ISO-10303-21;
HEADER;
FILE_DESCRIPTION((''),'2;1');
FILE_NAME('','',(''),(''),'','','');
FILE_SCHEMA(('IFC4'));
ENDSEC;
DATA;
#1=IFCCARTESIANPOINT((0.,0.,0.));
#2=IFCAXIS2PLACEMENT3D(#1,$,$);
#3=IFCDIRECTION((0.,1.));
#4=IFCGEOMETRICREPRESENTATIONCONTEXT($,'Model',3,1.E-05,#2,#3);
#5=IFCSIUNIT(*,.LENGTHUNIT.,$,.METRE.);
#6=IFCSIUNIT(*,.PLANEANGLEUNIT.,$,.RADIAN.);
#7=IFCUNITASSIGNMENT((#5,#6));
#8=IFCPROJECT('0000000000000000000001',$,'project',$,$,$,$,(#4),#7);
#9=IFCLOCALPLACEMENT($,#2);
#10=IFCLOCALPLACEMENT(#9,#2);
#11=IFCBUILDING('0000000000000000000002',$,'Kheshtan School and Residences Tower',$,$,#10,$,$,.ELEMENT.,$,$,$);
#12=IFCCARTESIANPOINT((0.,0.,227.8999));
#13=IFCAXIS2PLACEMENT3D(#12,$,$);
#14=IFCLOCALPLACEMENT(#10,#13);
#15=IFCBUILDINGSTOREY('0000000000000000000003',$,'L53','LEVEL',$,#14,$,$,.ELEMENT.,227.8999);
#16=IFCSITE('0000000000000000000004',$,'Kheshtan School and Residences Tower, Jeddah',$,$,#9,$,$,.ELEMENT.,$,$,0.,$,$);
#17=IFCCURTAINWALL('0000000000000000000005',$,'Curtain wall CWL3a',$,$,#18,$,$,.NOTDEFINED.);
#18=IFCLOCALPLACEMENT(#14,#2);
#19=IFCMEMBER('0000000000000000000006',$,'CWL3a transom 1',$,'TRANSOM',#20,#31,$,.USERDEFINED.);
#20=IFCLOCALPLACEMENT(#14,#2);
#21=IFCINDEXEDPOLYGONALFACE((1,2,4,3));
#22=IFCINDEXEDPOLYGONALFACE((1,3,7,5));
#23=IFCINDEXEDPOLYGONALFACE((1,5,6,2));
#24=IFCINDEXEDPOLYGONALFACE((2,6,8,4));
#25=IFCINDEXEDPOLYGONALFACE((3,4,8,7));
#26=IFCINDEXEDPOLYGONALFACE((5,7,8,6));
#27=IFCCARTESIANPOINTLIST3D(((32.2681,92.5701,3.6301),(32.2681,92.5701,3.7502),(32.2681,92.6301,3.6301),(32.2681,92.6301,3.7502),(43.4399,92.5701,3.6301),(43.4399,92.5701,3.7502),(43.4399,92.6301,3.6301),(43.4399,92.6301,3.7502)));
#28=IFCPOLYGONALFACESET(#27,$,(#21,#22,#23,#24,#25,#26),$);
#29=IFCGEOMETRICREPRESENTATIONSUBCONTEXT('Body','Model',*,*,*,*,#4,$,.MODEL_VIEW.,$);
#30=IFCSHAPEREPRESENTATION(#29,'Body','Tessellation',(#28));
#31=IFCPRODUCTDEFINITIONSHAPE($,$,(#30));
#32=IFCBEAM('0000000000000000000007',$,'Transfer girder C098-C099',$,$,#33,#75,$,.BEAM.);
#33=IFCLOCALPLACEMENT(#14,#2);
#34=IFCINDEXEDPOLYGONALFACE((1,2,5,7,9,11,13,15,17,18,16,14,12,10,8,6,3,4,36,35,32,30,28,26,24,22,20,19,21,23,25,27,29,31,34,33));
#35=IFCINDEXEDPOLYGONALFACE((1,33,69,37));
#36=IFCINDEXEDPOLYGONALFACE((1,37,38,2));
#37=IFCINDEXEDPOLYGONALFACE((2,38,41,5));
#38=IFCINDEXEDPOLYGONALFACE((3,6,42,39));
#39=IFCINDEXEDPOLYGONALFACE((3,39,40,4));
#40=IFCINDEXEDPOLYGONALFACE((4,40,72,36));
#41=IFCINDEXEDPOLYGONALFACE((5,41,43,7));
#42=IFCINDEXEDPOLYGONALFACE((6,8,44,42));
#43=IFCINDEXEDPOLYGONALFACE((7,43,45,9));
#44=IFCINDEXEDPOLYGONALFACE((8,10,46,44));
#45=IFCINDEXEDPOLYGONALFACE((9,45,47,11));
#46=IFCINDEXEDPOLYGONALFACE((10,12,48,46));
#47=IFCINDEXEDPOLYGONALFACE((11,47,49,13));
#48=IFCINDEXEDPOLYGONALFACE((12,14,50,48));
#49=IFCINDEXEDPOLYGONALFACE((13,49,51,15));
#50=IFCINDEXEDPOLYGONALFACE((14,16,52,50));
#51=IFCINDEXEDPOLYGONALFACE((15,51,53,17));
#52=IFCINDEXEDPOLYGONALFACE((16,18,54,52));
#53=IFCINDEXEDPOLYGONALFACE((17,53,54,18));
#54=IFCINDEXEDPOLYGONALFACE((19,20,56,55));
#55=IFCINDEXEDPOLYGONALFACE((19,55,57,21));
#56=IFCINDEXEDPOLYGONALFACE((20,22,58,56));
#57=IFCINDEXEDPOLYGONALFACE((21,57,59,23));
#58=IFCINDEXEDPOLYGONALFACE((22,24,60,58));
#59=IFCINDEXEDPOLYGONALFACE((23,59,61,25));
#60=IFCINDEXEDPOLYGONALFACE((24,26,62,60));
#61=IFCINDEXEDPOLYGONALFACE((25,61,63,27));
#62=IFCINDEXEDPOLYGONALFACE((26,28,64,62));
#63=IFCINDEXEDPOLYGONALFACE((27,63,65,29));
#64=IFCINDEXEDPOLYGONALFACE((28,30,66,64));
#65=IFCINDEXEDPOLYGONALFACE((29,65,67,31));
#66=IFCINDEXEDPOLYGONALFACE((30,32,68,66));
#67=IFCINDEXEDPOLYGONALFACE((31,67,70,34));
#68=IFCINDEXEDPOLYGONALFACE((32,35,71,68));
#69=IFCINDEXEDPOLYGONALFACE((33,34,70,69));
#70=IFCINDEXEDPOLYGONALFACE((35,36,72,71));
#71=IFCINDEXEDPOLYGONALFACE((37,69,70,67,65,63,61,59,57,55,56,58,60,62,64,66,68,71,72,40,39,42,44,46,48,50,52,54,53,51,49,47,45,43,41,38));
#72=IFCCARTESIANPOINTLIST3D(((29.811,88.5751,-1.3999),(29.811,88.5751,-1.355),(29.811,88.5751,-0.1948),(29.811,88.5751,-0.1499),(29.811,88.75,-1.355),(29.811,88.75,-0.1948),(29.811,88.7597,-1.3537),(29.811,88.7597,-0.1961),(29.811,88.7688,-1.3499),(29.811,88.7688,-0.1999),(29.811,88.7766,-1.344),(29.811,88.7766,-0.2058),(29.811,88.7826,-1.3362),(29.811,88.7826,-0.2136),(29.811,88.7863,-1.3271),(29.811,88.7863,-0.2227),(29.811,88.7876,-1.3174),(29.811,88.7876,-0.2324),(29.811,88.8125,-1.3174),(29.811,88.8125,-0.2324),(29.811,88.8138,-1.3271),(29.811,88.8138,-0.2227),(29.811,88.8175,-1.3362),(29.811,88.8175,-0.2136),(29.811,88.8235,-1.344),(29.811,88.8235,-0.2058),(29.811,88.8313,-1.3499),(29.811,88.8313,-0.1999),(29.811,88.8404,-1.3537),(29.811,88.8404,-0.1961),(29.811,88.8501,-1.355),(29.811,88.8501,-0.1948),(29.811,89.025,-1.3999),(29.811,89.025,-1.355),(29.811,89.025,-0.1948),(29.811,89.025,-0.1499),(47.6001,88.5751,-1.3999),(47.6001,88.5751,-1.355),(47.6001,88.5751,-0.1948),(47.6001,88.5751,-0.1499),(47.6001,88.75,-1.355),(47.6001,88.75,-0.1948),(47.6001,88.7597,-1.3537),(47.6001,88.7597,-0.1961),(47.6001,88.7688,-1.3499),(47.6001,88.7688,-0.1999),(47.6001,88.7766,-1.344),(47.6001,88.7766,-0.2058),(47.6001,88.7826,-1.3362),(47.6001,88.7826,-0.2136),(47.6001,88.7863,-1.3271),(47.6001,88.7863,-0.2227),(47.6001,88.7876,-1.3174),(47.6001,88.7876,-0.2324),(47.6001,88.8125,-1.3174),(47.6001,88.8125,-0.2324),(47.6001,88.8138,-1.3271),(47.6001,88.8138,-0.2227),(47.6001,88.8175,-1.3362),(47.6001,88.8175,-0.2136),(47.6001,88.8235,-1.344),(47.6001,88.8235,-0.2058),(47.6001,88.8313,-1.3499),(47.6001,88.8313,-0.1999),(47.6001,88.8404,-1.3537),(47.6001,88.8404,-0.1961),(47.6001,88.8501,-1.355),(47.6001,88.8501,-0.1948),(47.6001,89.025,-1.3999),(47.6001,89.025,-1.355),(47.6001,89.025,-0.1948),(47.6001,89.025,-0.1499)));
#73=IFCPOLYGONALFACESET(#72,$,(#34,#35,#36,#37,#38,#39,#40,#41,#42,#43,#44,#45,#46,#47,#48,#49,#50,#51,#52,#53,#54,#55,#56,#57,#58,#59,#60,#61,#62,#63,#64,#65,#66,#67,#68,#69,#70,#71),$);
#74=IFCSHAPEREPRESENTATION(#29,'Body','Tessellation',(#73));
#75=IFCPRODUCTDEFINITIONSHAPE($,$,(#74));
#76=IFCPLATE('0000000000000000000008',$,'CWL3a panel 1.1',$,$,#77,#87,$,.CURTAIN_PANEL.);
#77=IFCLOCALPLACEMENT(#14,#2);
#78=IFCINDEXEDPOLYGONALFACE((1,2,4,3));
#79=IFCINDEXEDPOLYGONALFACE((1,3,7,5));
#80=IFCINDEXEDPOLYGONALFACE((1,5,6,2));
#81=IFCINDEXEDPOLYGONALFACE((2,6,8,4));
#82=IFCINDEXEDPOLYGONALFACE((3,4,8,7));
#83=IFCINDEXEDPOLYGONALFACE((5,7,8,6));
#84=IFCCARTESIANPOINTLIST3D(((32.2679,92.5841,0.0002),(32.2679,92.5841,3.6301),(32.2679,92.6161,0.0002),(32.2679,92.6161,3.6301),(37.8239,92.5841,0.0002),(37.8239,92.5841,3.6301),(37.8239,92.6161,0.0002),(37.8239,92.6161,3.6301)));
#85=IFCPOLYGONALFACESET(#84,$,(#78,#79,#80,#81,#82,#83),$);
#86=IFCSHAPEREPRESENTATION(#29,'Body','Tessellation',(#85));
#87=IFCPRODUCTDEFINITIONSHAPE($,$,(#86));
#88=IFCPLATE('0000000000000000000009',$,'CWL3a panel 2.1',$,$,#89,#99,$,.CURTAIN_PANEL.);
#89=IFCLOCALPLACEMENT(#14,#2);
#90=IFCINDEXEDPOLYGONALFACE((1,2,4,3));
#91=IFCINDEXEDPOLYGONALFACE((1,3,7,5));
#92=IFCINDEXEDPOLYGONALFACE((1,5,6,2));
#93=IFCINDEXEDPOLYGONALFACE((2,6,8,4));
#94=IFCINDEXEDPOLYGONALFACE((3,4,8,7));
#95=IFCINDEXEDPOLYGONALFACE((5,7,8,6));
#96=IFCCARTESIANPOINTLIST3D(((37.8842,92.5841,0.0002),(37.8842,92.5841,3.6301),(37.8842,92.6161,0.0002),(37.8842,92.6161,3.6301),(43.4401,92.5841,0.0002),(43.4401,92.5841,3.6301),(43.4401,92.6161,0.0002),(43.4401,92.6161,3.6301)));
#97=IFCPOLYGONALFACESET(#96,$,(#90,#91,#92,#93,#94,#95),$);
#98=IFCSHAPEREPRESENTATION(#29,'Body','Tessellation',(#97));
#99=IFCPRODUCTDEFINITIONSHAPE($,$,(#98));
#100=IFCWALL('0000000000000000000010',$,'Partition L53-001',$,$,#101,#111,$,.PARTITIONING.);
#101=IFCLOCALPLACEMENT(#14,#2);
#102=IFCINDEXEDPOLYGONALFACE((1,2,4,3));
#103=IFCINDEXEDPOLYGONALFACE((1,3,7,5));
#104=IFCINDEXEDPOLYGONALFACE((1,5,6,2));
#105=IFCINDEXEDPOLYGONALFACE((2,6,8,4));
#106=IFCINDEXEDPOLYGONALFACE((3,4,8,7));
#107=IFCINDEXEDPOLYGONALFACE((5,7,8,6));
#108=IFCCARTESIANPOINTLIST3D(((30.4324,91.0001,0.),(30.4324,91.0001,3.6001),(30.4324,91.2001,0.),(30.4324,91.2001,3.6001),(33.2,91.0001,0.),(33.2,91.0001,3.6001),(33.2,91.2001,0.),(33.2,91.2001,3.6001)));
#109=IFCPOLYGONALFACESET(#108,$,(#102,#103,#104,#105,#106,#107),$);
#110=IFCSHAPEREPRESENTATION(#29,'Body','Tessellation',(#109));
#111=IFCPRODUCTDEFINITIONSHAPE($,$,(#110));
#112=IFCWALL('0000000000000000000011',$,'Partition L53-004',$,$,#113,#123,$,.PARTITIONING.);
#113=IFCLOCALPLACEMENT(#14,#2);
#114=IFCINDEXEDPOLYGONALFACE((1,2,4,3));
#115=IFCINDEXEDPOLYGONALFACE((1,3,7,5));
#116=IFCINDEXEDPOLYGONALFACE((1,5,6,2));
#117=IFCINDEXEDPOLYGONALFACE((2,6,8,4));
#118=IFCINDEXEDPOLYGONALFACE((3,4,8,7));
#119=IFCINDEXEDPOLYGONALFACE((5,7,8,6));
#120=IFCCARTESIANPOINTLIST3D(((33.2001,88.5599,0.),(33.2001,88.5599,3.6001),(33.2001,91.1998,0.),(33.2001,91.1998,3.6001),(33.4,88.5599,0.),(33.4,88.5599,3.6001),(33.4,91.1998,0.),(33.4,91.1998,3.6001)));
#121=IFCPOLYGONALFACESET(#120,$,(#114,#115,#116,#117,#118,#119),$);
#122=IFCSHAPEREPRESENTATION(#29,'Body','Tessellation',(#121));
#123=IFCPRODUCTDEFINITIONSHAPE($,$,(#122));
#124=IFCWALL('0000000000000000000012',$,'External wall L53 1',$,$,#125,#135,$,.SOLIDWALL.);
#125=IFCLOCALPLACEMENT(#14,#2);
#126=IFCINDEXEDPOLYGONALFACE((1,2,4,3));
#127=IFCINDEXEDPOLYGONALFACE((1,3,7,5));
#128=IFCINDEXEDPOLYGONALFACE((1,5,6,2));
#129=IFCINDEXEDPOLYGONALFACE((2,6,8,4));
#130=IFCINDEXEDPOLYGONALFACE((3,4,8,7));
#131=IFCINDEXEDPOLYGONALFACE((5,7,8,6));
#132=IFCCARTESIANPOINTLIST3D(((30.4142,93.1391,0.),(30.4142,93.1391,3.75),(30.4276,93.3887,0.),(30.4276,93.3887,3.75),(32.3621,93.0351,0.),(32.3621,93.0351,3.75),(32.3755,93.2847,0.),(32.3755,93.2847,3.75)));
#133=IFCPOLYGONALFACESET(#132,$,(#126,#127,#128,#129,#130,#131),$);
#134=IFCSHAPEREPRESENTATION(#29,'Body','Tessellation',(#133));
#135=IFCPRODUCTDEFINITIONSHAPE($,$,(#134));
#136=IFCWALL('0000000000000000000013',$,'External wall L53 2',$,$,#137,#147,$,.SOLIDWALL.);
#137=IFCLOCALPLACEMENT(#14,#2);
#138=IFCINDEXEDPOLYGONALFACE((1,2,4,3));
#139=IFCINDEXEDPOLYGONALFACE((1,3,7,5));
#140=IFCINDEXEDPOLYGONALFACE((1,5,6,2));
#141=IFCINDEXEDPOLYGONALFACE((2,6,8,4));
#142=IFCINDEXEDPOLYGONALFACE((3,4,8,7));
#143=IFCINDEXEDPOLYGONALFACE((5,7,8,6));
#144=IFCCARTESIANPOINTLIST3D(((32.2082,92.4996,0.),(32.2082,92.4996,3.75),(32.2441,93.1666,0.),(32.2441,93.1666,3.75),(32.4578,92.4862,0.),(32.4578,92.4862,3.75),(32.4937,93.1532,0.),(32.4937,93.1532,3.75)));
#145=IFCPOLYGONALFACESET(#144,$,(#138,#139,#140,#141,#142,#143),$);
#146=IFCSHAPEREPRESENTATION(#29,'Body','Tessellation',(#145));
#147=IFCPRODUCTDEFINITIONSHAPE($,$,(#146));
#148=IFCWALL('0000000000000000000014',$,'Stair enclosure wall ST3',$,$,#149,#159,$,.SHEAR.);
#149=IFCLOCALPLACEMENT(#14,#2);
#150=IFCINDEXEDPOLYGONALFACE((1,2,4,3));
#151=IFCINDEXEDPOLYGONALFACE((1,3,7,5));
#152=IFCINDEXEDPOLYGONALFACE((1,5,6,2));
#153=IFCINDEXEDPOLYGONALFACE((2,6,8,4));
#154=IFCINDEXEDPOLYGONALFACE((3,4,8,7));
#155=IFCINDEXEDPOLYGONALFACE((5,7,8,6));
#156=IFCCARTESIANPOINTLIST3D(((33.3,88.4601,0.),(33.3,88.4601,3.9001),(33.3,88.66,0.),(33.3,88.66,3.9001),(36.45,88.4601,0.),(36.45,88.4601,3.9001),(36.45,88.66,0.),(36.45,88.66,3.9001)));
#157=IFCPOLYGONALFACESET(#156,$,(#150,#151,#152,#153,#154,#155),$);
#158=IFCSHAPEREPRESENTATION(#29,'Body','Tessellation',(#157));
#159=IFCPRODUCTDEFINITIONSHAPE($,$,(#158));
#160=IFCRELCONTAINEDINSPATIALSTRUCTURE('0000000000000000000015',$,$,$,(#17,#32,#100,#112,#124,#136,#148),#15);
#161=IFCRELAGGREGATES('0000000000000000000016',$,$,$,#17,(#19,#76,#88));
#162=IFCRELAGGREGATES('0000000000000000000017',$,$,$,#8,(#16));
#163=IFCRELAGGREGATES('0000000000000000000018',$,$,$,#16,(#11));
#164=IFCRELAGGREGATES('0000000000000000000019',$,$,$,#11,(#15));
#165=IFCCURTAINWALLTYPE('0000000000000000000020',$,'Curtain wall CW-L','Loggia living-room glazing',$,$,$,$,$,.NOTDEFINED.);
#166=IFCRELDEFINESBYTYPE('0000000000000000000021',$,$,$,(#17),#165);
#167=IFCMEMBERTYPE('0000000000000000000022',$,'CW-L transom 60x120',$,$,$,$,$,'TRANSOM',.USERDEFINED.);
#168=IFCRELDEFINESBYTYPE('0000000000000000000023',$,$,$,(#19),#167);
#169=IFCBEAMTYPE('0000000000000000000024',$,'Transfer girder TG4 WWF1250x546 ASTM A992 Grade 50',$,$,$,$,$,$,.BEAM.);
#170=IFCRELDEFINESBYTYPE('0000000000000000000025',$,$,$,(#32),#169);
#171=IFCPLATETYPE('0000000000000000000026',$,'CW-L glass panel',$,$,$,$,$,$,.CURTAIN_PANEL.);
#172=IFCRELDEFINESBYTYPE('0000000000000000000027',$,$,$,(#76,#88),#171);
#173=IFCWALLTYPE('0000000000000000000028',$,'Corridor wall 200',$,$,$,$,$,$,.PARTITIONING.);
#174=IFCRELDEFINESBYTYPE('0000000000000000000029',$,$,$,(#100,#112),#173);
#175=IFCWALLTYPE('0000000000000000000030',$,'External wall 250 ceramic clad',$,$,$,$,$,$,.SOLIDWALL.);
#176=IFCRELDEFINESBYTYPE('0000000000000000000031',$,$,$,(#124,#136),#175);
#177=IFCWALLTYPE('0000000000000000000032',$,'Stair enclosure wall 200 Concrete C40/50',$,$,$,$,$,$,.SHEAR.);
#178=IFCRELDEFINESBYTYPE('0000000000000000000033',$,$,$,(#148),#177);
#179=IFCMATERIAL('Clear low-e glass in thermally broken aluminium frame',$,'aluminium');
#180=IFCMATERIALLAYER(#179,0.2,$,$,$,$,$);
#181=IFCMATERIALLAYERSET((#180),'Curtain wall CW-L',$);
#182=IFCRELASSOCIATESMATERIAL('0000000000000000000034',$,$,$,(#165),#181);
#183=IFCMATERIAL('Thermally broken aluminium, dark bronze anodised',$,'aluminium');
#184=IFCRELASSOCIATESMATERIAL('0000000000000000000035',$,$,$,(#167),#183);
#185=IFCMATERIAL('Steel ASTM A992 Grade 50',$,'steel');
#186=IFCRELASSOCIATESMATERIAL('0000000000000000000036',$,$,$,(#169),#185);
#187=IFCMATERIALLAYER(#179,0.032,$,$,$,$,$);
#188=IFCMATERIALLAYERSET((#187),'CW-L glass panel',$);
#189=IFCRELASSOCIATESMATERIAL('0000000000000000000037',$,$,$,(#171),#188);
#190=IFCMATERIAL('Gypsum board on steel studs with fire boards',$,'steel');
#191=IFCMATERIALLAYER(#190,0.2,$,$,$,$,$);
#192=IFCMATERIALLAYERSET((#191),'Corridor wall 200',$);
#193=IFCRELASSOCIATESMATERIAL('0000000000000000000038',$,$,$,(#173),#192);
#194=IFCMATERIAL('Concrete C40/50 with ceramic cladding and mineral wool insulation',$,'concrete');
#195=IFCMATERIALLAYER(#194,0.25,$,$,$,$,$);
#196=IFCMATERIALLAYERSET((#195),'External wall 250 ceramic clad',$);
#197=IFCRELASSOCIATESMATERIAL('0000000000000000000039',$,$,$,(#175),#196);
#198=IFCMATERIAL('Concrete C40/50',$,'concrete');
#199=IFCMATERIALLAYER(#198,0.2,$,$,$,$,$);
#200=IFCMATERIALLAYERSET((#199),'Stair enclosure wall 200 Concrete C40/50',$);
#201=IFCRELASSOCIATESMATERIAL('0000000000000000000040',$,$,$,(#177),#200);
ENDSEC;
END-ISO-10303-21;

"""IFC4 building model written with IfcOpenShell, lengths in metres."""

from ifc_helpers import new_model, si_unit, direction, frame, frame_2d, origin, origin_2d, place, context, subcontext, project, spatial, rectangle, i_section, extrude, material, layer, layer_set, material_profile, profile_set, type_object, element, aggregate, save


model = new_model("IFC4")

# Units and contexts
model_context = context("Model", 3, precision=1e-05, world=origin(), true_north=direction((0.0, 1.0)))
body_context = subcontext(model_context, "Body", "Model", "MODEL_VIEW")
ifc_project = project(units=[si_unit("LENGTHUNIT", "METRE"), si_unit("PLANEANGLEUNIT", "RADIAN")], contexts=[model_context])

# Site, building, storey
site_placement = place(None, origin())
site = spatial("IfcSite", under=ifc_project, at=site_placement, Name="Kheshtan School and Residences Tower, Jeddah", CompositionType="ELEMENT", RefElevation=0.0)
building_placement = place(site_placement, origin())
building = spatial("IfcBuilding", under=site, at=building_placement, Name="Kheshtan School and Residences Tower", CompositionType="ELEMENT")
storey_placement = place(building_placement, frame((0.0, 0.0, 227.8999)))
storey = spatial("IfcBuildingStorey", under=building, at=storey_placement, Name="L53", Description="LEVEL", CompositionType="ELEMENT", Elevation=227.8999)

# Shared definitions
ifc_material_1 = material(Name="Steel ASTM A992 Grade 50", Category="steel")

# Curtain wall, member
ifc_material_2 = material(Name="Clear low-e glass in thermally broken aluminium frame", Category="aluminium")
ifc_layer_1 = layer(ifc_material_2, 0.2)
ifc_layer_set_1 = layer_set([ifc_layer_1], Name="Curtain wall CW-L")
curtain_wall_type = type_object("IfcCurtainWallType", Name="Curtain wall CW-L", Description="Loggia living-room glazing", PredefinedType="NOTDEFINED", material=ifc_layer_set_1)
curtain_wall_placement = place(storey_placement, origin())
curtain_wall = element("IfcCurtainWall", 1, at=curtain_wall_placement, inside=storey, type_object=curtain_wall_type, Name="Curtain wall CWL3a", PredefinedType="NOTDEFINED")
ifc_material_3 = material(Name="Thermally broken aluminium, dark bronze anodised", Category="aluminium")
ifc_material_profile_1 = material_profile(ifc_material_3, rectangle(XDim=0.0601, YDim=0.1201, at=origin_2d()), Name="CW-L transom 60x120")
ifc_profile_set_1 = profile_set([ifc_material_profile_1], Name="Thermally broken aluminium, dark bronze anodised")
member_type_1 = type_object("IfcMemberType", Name="CW-L transom 60x120", ElementType="TRANSOM", PredefinedType="USERDEFINED", material=ifc_profile_set_1)
member_1_placement = place(storey_placement, frame((32.2681, 92.6001, 3.6902), z_axis=(1.0, 0.0, 0.0), x_axis=(0.0, 1.0, 0.0)))
member_1 = element("IfcMember", 2, at=member_1_placement, type_object=member_type_1, Name="CWL3a transom 1", ObjectType="TRANSOM", PredefinedType="USERDEFINED", context=body_context, shape_type="SweptSolid", body=[
    extrude(rectangle(XDim=0.0601, YDim=0.1201, at=origin_2d()), origin(), (0.0, 0.0, 1.0), 11.1719),
])

# Beam
ifc_material_profile_2 = material_profile(ifc_material_1, i_section(OverallWidth=0.45, OverallDepth=1.25, WebThickness=0.0249, FlangeThickness=0.0449, FilletRadius=0.0376, at=origin_2d()), Name="WWF1250x546")
ifc_profile_set_2 = profile_set([ifc_material_profile_2], Name="Steel ASTM A992 Grade 50")
beam_type_1 = type_object("IfcBeamType", Name="Transfer girder TG4 WWF1250x546 ASTM A992 Grade 50", PredefinedType="BEAM", material=ifc_profile_set_2)
beam_1_placement = place(storey_placement, frame((29.811, 88.8, -0.7749), z_axis=(1.0, 0.0, 0.0), x_axis=(0.0, 1.0, 0.0)))
element("IfcBeam", 3, at=beam_1_placement, inside=storey, type_object=beam_type_1, Name="Transfer girder C098-C099", PredefinedType="BEAM", context=body_context, shape_type="SweptSolid", body=[
    extrude(i_section(OverallWidth=0.45, OverallDepth=1.25, WebThickness=0.0249, FlangeThickness=0.0449, FilletRadius=0.0376, at=origin_2d()), origin(), (0.0, 0.0, 1.0), 17.7891),
])

# Plates
ifc_layer_2 = layer(ifc_material_2, 0.032)
ifc_layer_set_2 = layer_set([ifc_layer_2], Name="CW-L glass panel")
plate_type = type_object("IfcPlateType", Name="CW-L glass panel", PredefinedType="CURTAIN_PANEL", material=ifc_layer_set_2)
plate_1_placement = place(storey_placement, frame((35.0459, 92.6001, 0.0002), z_axis=(0.0, 0.0, 1.0), x_axis=(1.0, 0.0, 0.0)))
plate_1 = element("IfcPlate", 4, at=plate_1_placement, type_object=plate_type, Name="CWL3a panel 1.1", PredefinedType="CURTAIN_PANEL", context=body_context, shape_type="SweptSolid", body=[
    extrude(rectangle(XDim=5.5559, YDim=0.032, at=origin_2d()), origin(), (0.0, 0.0, 1.0), 3.6299),
])
plate_2_placement = place(storey_placement, frame((40.6621, 92.6001, 0.0002), z_axis=(0.0, 0.0, 1.0), x_axis=(1.0, 0.0, 0.0)))
plate_2 = element("IfcPlate", 5, at=plate_2_placement, type_object=plate_type, Name="CWL3a panel 2.1", PredefinedType="CURTAIN_PANEL", context=body_context, shape_type="SweptSolid", body=[
    extrude(rectangle(XDim=5.5559, YDim=0.032, at=origin_2d()), origin(), (0.0, 0.0, 1.0), 3.6299),
])
aggregate(curtain_wall, [member_1, plate_1, plate_2])

# Walls
ifc_material_4 = material(Name="Gypsum board on steel studs with fire boards", Category="steel")
ifc_layer_3 = layer(ifc_material_4, 0.2)
ifc_layer_set_3 = layer_set([ifc_layer_3], Name="Corridor wall 200")
wall_type_1 = type_object("IfcWallType", Name="Corridor wall 200", PredefinedType="PARTITIONING", material=ifc_layer_set_3)
wall_1_placement = place(storey_placement, frame((30.4324, 91.1001, 0.0), z_axis=(0.0, 0.0, 1.0), x_axis=(1.0, 0.0, 0.0)))
element("IfcWall", 6, at=wall_1_placement, inside=storey, type_object=wall_type_1, Name="Partition L53-001", PredefinedType="PARTITIONING", context=body_context, shape_type="SweptSolid", body=[
    extrude(rectangle(XDim=2.7676, YDim=0.2, at=frame_2d((1.3838, 0.0))), origin(), (0.0, 0.0, 1.0), 3.6001),
])
wall_2_placement = place(storey_placement, frame((33.3, 88.5601, 0.0), z_axis=(0.0, 0.0, 1.0), x_axis=(0.0, 1.0, 0.0)))
element("IfcWall", 7, at=wall_2_placement, inside=storey, type_object=wall_type_1, Name="Partition L53-004", PredefinedType="PARTITIONING", context=body_context, shape_type="SweptSolid", body=[
    extrude(rectangle(XDim=2.6399, YDim=0.2, at=frame_2d((1.3198, 0.0))), origin(), (0.0, 0.0, 1.0), 3.6001),
])
ifc_material_5 = material(Name="Concrete C40/50 with ceramic cladding and mineral wool insulation", Category="concrete")
ifc_layer_4 = layer(ifc_material_5, 0.25)
ifc_layer_set_4 = layer_set([ifc_layer_4], Name="External wall 250 ceramic clad")
wall_type_2 = type_object("IfcWallType", Name="External wall 250 ceramic clad", PredefinedType="SOLIDWALL", material=ifc_layer_set_4)
wall_3_placement = place(storey_placement, frame((30.4209, 93.2639, 0.0), z_axis=(0.0, 0.0, 1.0), x_axis=(0.998578, -0.053314, 0.0)))
element("IfcWall", 8, at=wall_3_placement, inside=storey, type_object=wall_type_2, Name="External wall L53 1", PredefinedType="SOLIDWALL", context=body_context, shape_type="SweptSolid", body=[
    extrude(rectangle(XDim=1.9507, YDim=0.25, at=frame_2d((0.9753, 0.0))), origin(), (0.0, 0.0, 1.0), 3.75),
])
wall_4_placement = place(storey_placement, frame((32.3689, 93.1599, 0.0), z_axis=(0.0, 0.0, 1.0), x_axis=(-0.053729, -0.998556, 0.0)))
element("IfcWall", 9, at=wall_4_placement, inside=storey, type_object=wall_type_2, Name="External wall L53 2", PredefinedType="SOLIDWALL", context=body_context, shape_type="SweptSolid", body=[
    extrude(rectangle(XDim=0.668, YDim=0.25, at=frame_2d((0.334, 0.0))), origin(), (0.0, 0.0, 1.0), 3.75),
])

# Wall
ifc_material_6 = material(Name="Concrete C40/50", Category="concrete")
ifc_layer_5 = layer(ifc_material_6, 0.2)
ifc_layer_set_5 = layer_set([ifc_layer_5], Name="Stair enclosure wall 200 Concrete C40/50")
wall_type_3 = type_object("IfcWallType", Name="Stair enclosure wall 200 Concrete C40/50", PredefinedType="SHEAR", material=ifc_layer_set_5)
wall_5_placement = place(storey_placement, frame((33.3, 88.5601, 0.0), z_axis=(0.0, 0.0, 1.0), x_axis=(1.0, 0.0, 0.0)))
element("IfcWall", 10, at=wall_5_placement, inside=storey, type_object=wall_type_3, Name="Stair enclosure wall ST3", PredefinedType="SHEAR", context=body_context, shape_type="SweptSolid", body=[
    extrude(rectangle(XDim=3.1499, YDim=0.2, at=frame_2d((1.575, 0.0))), origin(), (0.0, 0.0, 1.0), 3.9001),
])

save(model, "model.ifc")
